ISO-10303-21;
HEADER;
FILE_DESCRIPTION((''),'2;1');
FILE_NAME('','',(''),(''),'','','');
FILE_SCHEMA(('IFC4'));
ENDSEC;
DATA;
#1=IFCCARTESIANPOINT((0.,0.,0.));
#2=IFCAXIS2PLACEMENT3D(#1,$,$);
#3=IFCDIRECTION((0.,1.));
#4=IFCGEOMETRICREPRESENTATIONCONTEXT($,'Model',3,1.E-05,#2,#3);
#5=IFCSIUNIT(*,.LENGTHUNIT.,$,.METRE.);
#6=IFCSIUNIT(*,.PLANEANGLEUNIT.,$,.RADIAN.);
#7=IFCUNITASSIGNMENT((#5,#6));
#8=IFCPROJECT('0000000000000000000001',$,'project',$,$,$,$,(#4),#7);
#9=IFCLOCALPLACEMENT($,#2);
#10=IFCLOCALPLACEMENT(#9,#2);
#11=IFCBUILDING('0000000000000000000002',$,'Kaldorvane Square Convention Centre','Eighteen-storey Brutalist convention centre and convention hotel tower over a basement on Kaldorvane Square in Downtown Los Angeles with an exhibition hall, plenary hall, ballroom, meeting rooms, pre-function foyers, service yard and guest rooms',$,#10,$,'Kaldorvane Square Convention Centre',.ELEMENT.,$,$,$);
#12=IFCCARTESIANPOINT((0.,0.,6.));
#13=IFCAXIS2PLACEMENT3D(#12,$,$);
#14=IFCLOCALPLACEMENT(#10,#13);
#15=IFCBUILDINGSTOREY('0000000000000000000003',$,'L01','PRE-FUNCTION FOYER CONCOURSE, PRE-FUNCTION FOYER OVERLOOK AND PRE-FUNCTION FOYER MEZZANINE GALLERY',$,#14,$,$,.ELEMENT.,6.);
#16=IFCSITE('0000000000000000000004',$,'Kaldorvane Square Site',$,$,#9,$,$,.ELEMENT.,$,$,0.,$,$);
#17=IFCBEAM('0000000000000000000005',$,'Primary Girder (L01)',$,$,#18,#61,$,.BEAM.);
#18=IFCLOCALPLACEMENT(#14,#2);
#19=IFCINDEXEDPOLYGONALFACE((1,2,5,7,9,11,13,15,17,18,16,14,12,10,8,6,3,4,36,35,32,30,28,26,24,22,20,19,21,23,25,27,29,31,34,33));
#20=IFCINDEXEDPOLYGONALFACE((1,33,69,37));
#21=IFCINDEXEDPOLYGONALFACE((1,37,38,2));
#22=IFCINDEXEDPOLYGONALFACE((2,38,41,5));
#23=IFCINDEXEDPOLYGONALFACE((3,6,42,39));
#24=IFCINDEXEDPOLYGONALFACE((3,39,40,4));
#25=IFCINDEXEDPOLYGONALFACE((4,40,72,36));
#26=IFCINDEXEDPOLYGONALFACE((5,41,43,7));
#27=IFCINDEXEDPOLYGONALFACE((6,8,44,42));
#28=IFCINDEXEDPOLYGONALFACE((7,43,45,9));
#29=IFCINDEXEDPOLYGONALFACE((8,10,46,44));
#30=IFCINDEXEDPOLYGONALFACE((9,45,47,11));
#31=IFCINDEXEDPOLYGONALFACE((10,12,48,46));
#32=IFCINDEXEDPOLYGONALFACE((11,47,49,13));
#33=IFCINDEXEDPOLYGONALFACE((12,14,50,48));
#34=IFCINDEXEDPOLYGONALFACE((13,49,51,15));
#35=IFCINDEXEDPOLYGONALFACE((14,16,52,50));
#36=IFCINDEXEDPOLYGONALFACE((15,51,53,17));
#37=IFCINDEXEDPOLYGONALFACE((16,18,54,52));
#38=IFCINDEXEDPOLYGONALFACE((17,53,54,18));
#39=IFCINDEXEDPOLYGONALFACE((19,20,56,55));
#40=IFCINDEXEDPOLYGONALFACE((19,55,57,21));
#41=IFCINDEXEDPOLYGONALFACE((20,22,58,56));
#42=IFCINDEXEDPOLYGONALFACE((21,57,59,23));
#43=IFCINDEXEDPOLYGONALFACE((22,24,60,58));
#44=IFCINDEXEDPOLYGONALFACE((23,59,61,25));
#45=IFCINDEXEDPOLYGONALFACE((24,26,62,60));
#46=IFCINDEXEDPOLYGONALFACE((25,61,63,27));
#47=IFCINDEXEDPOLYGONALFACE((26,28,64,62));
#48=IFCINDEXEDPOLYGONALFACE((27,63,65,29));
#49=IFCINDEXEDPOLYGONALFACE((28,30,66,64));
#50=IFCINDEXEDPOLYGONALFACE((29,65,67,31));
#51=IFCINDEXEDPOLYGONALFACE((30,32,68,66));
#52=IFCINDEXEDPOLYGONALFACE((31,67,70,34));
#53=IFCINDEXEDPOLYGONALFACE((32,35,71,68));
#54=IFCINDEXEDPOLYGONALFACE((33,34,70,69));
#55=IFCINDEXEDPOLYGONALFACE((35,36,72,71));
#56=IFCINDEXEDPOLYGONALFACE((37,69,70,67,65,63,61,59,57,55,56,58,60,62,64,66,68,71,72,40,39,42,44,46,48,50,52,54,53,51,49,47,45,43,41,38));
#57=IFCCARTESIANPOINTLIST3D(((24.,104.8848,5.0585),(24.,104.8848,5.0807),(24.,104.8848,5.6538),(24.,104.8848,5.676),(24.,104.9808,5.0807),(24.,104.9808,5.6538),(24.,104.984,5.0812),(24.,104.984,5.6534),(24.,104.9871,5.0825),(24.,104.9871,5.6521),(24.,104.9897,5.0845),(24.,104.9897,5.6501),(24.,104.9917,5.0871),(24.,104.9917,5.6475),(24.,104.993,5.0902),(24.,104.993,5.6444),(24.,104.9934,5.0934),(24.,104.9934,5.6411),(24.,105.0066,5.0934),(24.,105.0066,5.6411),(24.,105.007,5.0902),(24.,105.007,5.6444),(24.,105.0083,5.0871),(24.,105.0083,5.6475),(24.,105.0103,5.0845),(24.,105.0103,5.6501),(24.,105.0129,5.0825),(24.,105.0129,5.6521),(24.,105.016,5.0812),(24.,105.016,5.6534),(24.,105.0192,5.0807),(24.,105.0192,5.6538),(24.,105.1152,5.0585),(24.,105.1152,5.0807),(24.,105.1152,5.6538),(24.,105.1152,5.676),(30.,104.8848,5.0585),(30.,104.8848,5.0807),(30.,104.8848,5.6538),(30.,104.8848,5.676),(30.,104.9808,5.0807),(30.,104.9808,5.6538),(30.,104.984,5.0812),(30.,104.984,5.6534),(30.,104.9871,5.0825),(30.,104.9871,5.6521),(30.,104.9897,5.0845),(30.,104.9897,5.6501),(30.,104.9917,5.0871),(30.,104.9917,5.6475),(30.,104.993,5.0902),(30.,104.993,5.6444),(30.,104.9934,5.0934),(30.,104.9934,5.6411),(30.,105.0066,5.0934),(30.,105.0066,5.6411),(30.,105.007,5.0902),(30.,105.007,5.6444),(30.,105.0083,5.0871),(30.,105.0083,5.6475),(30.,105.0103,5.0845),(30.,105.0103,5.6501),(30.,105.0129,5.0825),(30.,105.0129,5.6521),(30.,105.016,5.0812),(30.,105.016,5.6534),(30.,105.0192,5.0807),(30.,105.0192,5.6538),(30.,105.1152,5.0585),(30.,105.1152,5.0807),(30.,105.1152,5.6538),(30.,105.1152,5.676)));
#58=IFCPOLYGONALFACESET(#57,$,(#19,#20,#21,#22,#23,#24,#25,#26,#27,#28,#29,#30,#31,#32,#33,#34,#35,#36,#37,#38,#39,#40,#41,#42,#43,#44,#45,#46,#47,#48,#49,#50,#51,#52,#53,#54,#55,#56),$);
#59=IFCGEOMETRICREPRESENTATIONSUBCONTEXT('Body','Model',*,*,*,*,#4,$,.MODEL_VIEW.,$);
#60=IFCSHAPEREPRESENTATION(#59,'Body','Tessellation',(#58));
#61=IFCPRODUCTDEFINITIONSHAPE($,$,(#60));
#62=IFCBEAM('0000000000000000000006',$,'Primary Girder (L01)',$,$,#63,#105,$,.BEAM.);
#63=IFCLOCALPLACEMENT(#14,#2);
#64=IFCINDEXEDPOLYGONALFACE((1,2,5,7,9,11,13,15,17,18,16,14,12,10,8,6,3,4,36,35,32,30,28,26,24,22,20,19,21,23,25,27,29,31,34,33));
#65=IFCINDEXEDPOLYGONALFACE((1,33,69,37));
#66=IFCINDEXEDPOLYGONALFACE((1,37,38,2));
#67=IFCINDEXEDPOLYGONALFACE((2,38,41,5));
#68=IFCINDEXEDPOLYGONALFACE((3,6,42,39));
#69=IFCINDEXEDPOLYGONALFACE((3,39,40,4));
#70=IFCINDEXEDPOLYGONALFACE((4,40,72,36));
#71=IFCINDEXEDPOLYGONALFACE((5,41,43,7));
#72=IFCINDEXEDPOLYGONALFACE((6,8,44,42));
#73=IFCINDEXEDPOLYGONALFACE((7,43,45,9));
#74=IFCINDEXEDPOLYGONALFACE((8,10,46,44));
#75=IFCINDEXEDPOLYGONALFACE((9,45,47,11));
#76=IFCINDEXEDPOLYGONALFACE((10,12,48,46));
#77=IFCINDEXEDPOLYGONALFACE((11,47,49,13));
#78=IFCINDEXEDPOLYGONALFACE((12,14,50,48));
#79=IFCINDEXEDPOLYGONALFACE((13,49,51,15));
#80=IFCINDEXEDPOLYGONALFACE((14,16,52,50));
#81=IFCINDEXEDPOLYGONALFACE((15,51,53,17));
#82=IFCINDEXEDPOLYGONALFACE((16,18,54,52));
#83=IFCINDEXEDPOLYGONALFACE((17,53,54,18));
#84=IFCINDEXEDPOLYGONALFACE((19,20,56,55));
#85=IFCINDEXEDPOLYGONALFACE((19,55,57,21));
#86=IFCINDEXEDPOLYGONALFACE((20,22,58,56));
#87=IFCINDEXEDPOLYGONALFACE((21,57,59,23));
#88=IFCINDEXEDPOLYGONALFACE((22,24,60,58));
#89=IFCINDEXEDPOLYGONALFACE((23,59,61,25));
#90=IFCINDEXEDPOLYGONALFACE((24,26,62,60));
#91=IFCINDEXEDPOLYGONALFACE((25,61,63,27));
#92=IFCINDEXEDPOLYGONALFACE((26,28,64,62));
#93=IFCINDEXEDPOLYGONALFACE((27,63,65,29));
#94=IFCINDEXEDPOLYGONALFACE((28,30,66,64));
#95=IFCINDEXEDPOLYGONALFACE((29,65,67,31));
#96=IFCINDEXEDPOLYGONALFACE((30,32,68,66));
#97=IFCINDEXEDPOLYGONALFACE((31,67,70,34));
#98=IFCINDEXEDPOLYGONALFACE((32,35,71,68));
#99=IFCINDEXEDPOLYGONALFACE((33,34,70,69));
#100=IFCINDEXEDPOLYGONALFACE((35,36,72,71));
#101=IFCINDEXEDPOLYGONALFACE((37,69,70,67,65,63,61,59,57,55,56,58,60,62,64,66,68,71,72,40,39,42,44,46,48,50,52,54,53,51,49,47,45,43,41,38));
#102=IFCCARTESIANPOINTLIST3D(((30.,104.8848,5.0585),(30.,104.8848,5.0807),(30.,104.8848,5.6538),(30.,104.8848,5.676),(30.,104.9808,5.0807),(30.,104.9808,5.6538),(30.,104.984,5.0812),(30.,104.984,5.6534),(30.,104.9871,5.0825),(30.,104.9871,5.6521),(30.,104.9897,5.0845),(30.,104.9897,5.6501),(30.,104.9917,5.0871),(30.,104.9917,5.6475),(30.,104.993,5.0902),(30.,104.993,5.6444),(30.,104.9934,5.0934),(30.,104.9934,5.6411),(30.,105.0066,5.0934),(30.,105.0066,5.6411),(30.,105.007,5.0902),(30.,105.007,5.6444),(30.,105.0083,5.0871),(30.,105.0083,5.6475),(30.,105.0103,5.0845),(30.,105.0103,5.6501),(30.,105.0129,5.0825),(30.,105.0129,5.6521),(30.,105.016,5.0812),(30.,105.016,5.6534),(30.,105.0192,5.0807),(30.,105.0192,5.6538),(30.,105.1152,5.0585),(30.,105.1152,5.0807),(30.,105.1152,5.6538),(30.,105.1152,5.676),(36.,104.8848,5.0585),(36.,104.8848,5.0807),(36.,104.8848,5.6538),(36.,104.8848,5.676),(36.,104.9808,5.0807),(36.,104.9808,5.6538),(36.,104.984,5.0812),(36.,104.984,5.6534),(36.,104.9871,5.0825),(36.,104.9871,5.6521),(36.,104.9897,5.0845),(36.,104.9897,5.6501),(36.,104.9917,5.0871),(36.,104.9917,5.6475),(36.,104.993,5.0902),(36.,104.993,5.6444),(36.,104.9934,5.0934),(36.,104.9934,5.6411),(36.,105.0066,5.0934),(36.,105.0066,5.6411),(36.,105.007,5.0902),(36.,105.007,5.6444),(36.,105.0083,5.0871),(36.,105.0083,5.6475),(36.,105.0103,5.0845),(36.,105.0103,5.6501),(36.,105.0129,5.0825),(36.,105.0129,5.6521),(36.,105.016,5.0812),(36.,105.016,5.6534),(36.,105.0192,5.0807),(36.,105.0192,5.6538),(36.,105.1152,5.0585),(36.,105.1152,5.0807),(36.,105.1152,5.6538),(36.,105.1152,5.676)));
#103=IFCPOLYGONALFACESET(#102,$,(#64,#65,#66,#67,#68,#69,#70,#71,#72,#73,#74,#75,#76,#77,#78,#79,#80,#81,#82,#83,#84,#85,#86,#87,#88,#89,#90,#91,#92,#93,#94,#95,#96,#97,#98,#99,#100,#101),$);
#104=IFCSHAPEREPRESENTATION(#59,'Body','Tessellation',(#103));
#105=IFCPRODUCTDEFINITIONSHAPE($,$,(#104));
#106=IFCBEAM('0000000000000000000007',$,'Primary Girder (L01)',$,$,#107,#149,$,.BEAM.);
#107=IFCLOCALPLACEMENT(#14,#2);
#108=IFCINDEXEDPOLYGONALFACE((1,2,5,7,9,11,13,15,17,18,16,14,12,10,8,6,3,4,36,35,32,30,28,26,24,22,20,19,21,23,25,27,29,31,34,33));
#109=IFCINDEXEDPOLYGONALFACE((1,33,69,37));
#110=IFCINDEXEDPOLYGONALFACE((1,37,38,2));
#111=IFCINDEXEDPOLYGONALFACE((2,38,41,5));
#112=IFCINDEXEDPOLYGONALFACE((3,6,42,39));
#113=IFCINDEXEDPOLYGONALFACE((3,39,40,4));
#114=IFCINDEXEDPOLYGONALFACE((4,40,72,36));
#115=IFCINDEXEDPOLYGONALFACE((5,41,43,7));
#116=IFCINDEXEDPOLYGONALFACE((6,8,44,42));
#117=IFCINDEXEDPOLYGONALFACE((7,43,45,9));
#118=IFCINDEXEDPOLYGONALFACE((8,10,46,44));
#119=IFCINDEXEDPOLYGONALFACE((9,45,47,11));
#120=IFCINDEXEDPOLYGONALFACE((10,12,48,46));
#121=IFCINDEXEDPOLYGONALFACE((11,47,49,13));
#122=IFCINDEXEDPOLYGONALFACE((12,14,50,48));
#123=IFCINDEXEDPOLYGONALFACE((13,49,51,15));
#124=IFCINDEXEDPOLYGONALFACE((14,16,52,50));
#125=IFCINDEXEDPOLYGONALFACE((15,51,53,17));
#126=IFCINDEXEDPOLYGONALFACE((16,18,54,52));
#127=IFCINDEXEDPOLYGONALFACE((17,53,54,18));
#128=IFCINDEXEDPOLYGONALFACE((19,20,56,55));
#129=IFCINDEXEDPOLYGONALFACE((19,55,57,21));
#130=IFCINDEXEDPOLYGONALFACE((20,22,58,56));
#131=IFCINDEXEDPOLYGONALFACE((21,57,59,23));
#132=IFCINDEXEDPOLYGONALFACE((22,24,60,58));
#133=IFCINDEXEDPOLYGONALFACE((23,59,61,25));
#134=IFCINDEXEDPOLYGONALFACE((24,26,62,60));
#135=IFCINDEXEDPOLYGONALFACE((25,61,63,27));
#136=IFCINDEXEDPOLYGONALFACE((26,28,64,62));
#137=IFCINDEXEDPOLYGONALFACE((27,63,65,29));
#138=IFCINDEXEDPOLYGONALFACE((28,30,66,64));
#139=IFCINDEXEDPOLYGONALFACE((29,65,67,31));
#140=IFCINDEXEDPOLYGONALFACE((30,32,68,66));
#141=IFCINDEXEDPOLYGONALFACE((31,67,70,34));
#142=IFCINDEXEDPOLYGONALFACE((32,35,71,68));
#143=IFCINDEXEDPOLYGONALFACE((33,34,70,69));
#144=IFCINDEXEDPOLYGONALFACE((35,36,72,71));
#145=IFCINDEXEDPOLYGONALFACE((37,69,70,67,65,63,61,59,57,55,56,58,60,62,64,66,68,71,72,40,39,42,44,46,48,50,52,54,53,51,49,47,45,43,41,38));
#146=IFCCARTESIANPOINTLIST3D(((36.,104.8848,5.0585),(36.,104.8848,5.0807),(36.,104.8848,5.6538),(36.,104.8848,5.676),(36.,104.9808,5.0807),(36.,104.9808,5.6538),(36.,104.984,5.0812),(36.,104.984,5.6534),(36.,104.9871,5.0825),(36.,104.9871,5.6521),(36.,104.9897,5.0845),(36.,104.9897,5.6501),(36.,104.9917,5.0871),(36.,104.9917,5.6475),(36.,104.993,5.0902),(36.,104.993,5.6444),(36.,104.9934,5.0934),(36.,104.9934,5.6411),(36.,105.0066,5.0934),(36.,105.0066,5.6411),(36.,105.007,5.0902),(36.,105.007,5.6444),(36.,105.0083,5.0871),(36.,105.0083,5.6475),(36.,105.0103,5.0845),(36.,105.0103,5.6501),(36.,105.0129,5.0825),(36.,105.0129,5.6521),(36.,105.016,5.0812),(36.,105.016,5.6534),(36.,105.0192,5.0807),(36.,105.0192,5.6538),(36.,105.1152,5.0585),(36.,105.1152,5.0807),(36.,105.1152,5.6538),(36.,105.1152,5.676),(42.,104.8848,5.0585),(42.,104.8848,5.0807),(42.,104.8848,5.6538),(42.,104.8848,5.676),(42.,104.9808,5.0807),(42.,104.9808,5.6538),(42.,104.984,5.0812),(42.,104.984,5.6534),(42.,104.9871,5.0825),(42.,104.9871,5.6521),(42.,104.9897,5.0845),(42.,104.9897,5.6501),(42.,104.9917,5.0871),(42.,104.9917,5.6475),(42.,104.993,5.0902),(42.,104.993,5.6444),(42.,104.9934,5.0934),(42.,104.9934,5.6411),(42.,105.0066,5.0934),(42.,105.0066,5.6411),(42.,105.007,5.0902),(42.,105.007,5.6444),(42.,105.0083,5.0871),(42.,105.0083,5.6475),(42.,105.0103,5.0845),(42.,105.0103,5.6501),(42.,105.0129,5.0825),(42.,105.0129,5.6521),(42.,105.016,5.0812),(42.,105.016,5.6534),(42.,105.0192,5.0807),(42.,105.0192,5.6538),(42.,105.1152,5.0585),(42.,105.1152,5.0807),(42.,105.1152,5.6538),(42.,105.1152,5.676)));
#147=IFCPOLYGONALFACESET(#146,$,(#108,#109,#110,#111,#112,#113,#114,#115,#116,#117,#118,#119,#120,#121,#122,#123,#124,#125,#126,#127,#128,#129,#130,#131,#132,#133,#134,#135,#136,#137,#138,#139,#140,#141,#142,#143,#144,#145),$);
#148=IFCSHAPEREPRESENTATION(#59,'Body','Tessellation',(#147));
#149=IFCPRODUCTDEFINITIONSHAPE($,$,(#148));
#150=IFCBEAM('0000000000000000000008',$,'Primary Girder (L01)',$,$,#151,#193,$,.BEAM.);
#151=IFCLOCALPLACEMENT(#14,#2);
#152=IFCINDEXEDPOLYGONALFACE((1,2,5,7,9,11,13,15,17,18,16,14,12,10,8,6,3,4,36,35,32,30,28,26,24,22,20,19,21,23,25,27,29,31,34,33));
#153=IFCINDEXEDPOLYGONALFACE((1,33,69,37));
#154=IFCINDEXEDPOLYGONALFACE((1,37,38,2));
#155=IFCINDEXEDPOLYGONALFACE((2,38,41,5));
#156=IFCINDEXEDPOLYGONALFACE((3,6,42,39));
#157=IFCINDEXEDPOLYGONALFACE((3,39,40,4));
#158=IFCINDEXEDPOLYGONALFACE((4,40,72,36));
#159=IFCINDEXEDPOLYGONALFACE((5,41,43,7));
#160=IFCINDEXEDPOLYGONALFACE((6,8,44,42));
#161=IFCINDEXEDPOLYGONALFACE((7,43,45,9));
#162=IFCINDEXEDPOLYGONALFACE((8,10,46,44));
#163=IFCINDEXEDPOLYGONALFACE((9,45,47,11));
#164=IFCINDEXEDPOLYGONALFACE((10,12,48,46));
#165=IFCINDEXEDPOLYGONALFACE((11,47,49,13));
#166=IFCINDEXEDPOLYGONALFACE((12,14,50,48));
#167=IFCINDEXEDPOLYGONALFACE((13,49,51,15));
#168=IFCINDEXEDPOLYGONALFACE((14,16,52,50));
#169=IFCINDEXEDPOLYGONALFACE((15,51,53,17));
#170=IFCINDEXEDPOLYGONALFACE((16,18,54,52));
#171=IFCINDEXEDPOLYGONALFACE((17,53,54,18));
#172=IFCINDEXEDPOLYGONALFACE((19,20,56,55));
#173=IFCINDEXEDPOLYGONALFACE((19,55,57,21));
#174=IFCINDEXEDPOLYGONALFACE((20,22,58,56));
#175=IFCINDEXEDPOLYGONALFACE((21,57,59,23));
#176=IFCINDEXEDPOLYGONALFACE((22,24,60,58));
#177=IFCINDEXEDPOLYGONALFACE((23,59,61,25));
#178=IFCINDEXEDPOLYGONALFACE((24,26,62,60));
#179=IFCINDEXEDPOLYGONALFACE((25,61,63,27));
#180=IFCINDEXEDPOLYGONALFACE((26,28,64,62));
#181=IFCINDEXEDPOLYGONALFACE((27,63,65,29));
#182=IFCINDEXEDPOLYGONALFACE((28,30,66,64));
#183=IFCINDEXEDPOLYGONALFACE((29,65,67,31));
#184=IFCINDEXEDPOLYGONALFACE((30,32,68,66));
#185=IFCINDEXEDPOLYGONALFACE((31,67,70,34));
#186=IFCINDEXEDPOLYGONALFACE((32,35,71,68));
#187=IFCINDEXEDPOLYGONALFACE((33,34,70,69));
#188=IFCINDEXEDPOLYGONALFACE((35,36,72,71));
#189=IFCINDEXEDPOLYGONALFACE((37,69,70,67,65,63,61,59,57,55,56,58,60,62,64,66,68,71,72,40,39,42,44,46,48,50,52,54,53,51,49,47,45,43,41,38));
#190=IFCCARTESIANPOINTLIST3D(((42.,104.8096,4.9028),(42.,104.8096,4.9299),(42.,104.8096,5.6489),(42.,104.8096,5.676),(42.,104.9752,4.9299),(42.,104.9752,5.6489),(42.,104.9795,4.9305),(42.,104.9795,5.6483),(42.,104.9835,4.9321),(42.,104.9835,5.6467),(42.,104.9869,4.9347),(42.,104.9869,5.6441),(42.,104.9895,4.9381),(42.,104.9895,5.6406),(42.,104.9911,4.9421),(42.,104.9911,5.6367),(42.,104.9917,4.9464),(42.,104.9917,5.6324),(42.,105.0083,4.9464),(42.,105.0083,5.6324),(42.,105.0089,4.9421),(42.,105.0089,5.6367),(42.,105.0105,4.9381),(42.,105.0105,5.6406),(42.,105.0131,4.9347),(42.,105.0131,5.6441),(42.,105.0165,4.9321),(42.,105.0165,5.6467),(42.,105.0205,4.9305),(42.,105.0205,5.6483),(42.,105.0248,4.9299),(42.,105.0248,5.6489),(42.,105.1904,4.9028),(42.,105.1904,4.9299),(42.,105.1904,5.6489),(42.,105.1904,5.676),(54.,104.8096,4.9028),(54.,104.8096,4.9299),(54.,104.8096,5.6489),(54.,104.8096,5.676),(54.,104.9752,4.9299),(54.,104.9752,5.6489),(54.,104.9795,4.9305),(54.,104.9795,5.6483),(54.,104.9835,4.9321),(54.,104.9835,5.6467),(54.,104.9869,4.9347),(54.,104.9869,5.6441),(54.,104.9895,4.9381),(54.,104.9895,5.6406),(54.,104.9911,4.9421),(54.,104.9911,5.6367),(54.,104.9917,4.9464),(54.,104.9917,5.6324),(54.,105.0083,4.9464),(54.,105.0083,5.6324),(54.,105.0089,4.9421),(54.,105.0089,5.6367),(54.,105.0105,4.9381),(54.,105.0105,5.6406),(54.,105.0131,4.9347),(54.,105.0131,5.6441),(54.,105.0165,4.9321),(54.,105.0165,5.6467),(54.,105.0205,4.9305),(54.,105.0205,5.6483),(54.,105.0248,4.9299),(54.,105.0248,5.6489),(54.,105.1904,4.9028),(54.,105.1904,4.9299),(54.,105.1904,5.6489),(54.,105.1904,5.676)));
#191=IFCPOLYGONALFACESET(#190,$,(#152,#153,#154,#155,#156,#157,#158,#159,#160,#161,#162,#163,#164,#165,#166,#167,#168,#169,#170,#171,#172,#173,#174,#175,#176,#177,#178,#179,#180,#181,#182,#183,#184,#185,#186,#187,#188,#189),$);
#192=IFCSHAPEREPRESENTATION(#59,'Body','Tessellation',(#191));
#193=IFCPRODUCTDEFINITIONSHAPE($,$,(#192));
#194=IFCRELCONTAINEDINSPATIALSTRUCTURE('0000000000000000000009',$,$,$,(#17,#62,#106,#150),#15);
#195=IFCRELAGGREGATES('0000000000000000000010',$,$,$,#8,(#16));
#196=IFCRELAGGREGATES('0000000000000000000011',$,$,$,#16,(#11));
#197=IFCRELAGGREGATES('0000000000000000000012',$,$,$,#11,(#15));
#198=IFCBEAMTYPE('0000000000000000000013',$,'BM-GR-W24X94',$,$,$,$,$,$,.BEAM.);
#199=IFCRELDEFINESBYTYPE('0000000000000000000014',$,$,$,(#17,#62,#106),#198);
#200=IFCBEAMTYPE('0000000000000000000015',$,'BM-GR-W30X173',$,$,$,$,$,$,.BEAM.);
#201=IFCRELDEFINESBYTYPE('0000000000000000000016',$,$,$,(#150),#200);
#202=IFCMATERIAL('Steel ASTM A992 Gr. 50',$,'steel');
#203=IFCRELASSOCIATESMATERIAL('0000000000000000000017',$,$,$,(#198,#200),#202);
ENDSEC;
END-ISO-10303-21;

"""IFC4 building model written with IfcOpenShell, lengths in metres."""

from ifc_helpers import new_model, si_unit, direction, frame, origin, origin_2d, place, context, subcontext, project, spatial, i_section, extrude, material, material_profile, profile_set, type_object, element, save


model = new_model("IFC4")

# Units and contexts
model_context = context("Model", 3, precision=1e-05, world=origin(), true_north=direction((0.0, 1.0)))
body_context = subcontext(model_context, "Body", "Model", "MODEL_VIEW")
ifc_project = project(units=[si_unit("LENGTHUNIT", "METRE"), si_unit("PLANEANGLEUNIT", "RADIAN")], contexts=[model_context])

# Site, building, storey
site_placement = place(None, origin())
site = spatial("IfcSite", under=ifc_project, at=site_placement, Name="Kaldorvane Square Site", CompositionType="ELEMENT", RefElevation=0.0)
building_placement = place(site_placement, origin())
building = spatial("IfcBuilding", under=site, at=building_placement, Name="Kaldorvane Square Convention Centre", Description="Eighteen-storey Brutalist convention centre and convention hotel tower over a basement on Kaldorvane Square in Downtown Los Angeles with an exhibition hall, plenary hall, ballroom, meeting rooms, pre-function foyers, service yard and guest rooms", LongName="Kaldorvane Square Convention Centre", CompositionType="ELEMENT")
storey_placement = place(building_placement, frame((0.0, 0.0, 6.0)))
storey = spatial("IfcBuildingStorey", under=building, at=storey_placement, Name="L01", Description="PRE-FUNCTION FOYER CONCOURSE, PRE-FUNCTION FOYER OVERLOOK AND PRE-FUNCTION FOYER MEZZANINE GALLERY", CompositionType="ELEMENT", Elevation=6.0)

# Shared definitions
ifc_material_1 = material(Name="Steel ASTM A992 Gr. 50", Category="steel")

# Beams
ifc_material_profile_1 = material_profile(ifc_material_1, i_section(OverallWidth=0.2303, OverallDepth=0.6175, WebThickness=0.0131, FlangeThickness=0.0222, FilletRadius=0.0127, at=origin_2d()), Name="W24X94")
ifc_profile_set_1 = profile_set([ifc_material_profile_1], Name="Steel ASTM A992 Gr. 50")
beam_type_1 = type_object("IfcBeamType", Name="BM-GR-W24X94", PredefinedType="BEAM", material=ifc_profile_set_1)
for number, where, z_axis, x_axis, name in (
    (1, (24.0, 105.0, 5.3673), (1.0, 0.0, 0.0), (0.0, 1.0, 0.0), "Primary Girder (L01)"),
    (2, (30.0, 105.0, 5.3673), (1.0, 0.0, 0.0), (0.0, 1.0, 0.0), "Primary Girder (L01)"),
    (3, (36.0, 105.0, 5.3673), (1.0, 0.0, 0.0), (0.0, 1.0, 0.0), "Primary Girder (L01)"),
):
    element("IfcBeam", number, at=place(storey_placement, frame(where, z_axis=z_axis, x_axis=x_axis)), inside=storey, type_object=beam_type_1, Name=name, PredefinedType="BEAM", context=body_context, shape_type="SweptSolid", body=[
        extrude(i_section(OverallWidth=0.2303, OverallDepth=0.6175, WebThickness=0.0131, FlangeThickness=0.0222, FilletRadius=0.0127, at=origin_2d()), origin(), (0.0, 0.0, 1.0), 6.0),
    ])
ifc_material_profile_2 = material_profile(ifc_material_1, i_section(OverallWidth=0.3807, OverallDepth=0.7732, WebThickness=0.0166, FlangeThickness=0.0271, FilletRadius=0.0165, at=origin_2d()), Name="W30X173")
ifc_profile_set_2 = profile_set([ifc_material_profile_2], Name="Steel ASTM A992 Gr. 50")
beam_type_2 = type_object("IfcBeamType", Name="BM-GR-W30X173", PredefinedType="BEAM", material=ifc_profile_set_2)
beam_1_placement = place(storey_placement, frame((42.0, 105.0, 5.2894), z_axis=(1.0, 0.0, 0.0), x_axis=(0.0, 1.0, 0.0)))
element("IfcBeam", 4, at=beam_1_placement, inside=storey, type_object=beam_type_2, Name="Primary Girder (L01)", PredefinedType="BEAM", context=body_context, shape_type="SweptSolid", body=[
    extrude(i_section(OverallWidth=0.3807, OverallDepth=0.7732, WebThickness=0.0166, FlangeThickness=0.0271, FilletRadius=0.0165, at=origin_2d()), origin(), (0.0, 0.0, 1.0), 12.0),
])

save(model, "model.ifc")
